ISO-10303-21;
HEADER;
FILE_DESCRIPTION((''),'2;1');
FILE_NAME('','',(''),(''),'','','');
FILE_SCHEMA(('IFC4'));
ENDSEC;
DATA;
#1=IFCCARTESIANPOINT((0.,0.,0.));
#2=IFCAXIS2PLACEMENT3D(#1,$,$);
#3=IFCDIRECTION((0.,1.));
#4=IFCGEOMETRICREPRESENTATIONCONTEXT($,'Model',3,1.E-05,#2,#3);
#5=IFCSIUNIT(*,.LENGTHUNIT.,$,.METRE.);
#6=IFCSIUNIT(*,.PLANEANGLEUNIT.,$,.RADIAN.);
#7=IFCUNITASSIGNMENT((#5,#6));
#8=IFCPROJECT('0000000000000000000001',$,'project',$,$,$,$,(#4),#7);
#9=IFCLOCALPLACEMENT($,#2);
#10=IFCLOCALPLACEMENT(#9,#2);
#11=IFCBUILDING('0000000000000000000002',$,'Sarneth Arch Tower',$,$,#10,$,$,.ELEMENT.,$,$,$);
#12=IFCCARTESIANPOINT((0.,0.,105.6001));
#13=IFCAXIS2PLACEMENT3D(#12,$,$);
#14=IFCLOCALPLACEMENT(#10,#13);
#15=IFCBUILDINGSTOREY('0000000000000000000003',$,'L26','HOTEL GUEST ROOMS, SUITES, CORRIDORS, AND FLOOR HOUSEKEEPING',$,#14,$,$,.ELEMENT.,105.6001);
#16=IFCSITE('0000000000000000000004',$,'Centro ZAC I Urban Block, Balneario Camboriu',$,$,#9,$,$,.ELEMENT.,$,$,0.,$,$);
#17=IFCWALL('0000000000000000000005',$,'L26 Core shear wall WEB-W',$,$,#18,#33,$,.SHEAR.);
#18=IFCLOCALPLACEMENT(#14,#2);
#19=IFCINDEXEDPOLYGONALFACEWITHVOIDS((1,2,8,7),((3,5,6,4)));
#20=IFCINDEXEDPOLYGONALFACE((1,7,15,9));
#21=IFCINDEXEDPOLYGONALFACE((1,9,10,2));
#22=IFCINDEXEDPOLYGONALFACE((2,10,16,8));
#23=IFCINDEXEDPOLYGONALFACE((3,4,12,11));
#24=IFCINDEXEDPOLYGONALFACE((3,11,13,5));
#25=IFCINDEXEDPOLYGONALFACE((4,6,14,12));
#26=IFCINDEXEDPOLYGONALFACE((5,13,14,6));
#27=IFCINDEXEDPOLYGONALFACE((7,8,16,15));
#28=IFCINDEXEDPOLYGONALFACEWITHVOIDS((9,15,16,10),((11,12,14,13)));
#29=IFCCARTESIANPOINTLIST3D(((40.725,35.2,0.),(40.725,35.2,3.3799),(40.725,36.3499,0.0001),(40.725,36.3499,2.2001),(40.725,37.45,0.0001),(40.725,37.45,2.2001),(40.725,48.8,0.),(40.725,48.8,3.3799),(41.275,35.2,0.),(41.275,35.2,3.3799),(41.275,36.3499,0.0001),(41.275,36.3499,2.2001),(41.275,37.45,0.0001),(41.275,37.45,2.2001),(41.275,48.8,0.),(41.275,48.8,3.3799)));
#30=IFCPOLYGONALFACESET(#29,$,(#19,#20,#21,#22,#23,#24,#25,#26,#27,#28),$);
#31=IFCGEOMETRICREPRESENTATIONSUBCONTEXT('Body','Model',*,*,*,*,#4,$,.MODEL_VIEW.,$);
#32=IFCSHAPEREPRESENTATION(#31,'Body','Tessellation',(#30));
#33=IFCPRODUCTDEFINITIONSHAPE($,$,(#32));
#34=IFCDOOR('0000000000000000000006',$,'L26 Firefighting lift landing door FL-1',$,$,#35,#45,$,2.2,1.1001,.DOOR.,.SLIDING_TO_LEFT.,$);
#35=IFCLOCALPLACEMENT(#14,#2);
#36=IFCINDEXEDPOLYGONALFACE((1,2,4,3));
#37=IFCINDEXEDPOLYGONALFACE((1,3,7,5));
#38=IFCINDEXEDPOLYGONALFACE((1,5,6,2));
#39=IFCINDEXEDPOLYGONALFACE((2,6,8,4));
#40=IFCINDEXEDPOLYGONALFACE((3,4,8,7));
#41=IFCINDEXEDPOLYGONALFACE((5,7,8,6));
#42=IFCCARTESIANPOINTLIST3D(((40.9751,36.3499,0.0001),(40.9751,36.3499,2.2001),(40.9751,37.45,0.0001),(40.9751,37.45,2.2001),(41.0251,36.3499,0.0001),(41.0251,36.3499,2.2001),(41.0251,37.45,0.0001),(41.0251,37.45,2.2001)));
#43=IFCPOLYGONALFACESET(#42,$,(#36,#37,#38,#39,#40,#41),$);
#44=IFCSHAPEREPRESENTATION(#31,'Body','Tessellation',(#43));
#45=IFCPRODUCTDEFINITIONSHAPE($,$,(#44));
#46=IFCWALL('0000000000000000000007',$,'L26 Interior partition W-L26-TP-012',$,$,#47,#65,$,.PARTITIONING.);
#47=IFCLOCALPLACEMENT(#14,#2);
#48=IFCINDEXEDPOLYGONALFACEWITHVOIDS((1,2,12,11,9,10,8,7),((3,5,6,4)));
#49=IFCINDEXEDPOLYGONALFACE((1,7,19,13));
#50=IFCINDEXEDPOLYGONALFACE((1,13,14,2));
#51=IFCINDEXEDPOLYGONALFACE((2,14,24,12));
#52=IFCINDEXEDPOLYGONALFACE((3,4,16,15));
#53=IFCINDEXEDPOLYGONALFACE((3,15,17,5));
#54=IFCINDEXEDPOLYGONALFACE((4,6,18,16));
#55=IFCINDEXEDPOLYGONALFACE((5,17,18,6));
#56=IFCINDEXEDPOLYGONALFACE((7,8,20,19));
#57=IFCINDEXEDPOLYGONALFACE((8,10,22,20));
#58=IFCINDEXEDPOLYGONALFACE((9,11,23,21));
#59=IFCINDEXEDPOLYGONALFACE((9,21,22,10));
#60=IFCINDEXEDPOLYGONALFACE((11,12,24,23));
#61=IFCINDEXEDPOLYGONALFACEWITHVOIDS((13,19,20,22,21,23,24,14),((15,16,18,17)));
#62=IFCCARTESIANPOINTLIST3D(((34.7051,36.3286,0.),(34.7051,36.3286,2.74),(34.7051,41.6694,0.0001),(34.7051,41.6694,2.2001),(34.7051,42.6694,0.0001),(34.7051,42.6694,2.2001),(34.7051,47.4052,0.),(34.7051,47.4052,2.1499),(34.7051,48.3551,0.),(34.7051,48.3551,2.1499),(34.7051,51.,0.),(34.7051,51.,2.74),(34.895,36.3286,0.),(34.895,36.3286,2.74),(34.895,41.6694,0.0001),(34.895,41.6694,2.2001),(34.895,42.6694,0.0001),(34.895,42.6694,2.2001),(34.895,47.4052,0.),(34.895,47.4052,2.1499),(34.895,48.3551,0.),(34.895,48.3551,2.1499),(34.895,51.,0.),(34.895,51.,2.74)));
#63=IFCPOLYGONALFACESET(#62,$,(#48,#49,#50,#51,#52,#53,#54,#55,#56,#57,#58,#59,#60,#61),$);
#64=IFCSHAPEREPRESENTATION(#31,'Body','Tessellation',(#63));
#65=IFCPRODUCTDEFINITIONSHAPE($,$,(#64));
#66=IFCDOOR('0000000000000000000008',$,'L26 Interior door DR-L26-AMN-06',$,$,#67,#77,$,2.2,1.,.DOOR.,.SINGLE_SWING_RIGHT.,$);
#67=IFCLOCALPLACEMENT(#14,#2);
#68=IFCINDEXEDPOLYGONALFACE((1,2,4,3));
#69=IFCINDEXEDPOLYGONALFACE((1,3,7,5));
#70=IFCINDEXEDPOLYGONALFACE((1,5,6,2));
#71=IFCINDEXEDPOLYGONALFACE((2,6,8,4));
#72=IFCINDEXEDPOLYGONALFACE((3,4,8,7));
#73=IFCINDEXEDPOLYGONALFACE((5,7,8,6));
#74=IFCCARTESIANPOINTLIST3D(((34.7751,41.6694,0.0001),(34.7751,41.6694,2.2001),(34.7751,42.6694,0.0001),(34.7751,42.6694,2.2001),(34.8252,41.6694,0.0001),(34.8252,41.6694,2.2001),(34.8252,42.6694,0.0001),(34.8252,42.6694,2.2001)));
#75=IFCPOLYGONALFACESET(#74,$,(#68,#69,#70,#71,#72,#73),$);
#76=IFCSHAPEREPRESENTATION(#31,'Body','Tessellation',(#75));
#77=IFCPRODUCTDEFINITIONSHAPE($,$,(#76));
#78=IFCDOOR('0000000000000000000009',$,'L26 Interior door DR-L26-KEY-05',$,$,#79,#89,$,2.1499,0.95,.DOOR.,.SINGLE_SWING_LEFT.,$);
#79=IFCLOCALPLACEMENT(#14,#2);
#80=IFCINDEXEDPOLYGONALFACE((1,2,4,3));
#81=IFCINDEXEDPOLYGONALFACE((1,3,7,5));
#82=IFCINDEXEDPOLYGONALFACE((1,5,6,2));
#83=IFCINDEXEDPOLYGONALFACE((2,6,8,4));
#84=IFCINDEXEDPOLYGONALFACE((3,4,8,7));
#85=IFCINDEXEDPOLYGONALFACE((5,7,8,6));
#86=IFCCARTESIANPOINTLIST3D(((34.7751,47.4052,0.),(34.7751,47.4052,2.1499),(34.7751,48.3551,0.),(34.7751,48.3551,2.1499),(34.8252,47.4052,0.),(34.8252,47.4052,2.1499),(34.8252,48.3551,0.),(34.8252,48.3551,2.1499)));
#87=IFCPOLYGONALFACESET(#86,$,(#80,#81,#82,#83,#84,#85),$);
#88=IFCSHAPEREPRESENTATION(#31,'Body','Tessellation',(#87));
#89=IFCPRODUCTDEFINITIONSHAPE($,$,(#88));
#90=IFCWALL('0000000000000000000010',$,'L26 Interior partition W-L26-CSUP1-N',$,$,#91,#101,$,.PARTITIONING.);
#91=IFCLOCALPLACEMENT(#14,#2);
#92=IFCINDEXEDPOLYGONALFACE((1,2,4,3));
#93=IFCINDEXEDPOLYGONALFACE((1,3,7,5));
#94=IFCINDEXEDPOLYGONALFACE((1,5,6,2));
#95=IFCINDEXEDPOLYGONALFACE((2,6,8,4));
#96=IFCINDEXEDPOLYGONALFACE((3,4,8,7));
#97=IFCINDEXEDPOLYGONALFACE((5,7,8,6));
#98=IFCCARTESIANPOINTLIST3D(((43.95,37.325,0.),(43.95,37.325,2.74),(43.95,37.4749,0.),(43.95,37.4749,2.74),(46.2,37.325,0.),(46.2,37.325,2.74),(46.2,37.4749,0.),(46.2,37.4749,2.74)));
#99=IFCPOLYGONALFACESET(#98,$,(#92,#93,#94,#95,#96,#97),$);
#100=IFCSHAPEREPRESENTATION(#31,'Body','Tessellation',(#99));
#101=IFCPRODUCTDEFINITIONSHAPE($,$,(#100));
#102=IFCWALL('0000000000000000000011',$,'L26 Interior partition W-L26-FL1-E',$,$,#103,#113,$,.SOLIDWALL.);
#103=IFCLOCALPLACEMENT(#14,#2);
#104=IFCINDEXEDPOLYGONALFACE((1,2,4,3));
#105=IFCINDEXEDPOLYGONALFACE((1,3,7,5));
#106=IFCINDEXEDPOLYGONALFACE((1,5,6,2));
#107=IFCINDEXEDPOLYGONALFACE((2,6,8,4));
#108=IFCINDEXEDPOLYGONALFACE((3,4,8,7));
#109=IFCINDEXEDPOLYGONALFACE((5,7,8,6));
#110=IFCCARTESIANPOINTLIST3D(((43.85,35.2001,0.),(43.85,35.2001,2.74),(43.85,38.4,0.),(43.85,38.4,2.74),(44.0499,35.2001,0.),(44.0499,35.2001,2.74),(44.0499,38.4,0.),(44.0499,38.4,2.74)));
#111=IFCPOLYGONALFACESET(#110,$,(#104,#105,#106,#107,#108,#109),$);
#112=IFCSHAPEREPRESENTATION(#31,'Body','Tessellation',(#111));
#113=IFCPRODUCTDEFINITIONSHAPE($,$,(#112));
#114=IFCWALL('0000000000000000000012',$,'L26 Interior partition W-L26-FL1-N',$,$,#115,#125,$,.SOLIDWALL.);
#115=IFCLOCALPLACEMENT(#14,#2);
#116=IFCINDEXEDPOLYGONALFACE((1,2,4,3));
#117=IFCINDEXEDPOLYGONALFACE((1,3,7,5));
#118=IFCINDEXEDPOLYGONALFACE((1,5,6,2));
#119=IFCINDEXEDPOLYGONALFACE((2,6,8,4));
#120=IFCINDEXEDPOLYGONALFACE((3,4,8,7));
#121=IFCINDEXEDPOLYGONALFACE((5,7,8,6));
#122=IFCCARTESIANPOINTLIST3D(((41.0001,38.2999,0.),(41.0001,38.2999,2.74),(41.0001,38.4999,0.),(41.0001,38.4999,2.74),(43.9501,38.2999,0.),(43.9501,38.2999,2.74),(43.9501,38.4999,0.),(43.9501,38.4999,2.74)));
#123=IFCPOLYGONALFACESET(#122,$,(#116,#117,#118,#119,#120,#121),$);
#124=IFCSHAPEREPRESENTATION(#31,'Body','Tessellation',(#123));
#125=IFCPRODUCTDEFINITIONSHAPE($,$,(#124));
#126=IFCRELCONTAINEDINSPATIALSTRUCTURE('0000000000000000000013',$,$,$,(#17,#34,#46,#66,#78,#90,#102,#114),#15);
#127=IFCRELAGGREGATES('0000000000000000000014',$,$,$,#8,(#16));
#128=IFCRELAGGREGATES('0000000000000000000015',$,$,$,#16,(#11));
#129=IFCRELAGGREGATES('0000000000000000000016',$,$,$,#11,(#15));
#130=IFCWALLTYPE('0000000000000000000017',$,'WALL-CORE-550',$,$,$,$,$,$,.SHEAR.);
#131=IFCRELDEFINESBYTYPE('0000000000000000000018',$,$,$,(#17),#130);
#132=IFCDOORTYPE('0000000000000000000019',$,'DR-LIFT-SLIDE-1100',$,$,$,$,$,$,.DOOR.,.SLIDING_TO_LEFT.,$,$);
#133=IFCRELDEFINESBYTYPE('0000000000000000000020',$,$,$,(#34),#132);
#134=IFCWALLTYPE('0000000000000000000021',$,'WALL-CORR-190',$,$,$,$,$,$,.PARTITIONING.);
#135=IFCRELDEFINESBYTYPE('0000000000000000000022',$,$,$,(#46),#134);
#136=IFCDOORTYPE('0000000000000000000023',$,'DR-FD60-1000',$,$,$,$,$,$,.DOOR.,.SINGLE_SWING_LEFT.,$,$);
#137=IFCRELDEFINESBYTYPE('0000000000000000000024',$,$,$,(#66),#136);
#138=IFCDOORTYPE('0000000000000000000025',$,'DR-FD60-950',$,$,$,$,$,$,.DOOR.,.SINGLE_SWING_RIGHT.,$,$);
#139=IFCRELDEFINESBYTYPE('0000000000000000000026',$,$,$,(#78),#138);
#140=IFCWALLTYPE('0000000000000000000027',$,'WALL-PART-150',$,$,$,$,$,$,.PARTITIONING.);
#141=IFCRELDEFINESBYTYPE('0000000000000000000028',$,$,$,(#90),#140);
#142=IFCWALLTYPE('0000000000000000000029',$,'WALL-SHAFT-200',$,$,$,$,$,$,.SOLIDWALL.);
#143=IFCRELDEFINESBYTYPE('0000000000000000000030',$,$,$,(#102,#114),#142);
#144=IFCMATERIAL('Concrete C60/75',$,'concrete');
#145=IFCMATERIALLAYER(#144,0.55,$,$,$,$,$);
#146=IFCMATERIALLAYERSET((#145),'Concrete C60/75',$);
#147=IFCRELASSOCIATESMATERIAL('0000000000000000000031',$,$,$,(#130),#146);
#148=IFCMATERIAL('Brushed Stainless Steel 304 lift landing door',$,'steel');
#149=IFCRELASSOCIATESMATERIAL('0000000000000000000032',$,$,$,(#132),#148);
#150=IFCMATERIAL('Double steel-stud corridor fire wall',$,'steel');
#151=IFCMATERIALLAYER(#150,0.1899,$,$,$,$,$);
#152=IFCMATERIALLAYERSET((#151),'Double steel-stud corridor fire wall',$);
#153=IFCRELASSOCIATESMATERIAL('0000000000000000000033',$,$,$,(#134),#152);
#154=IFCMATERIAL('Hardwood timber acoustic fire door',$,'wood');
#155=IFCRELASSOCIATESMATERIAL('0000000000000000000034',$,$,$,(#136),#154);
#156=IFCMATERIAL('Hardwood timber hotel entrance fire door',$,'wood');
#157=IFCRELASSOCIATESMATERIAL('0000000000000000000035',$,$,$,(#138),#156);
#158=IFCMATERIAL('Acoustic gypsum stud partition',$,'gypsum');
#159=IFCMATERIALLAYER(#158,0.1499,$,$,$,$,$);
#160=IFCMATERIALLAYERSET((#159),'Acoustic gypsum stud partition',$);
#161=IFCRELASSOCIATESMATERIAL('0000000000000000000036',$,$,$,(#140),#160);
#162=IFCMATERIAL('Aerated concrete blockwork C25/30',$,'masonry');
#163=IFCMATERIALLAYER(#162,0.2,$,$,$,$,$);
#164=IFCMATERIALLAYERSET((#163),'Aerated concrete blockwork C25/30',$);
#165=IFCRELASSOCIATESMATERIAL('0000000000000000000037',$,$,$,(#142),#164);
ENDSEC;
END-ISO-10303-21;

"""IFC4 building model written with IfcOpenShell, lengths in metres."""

from ifc_helpers import new_model, si_unit, direction, frame, frame_2d, origin, place, context, subcontext, project, spatial, rectangle, extrude, material, layer, layer_set, type_object, element, fill, save


model = new_model("IFC4")

# Units and contexts
model_context = context("Model", 3, precision=1e-05, world=origin(), true_north=direction((0.0, 1.0)))
body_context = subcontext(model_context, "Body", "Model", "MODEL_VIEW")
ifc_project = project(units=[si_unit("LENGTHUNIT", "METRE"), si_unit("PLANEANGLEUNIT", "RADIAN")], contexts=[model_context])

# Site, building, storey
site_placement = place(None, origin())
site = spatial("IfcSite", under=ifc_project, at=site_placement, Name="Centro ZAC I Urban Block, Balneario Camboriu", CompositionType="ELEMENT", RefElevation=0.0)
building_placement = place(site_placement, origin())
building = spatial("IfcBuilding", under=site, at=building_placement, Name="Sarneth Arch Tower", CompositionType="ELEMENT")
storey_placement = place(building_placement, frame((0.0, 0.0, 105.6001)))
storey = spatial("IfcBuildingStorey", under=building, at=storey_placement, Name="L26", Description="HOTEL GUEST ROOMS, SUITES, CORRIDORS, AND FLOOR HOUSEKEEPING", CompositionType="ELEMENT", Elevation=105.6001)

# Shared definitions
ifc_material_1 = material(Name="Concrete C60/75", Category="concrete")
ifc_layer_1 = layer(ifc_material_1, 0.55)
ifc_layer_set_1 = layer_set([ifc_layer_1], Name="Concrete C60/75")
wall_type_1 = type_object("IfcWallType", Name="WALL-CORE-550", PredefinedType="SHEAR", material=ifc_layer_set_1)

# Wall, opening, door
wall_1_placement = place(storey_placement, frame((41.0, 35.2, 0.0), z_axis=(0.0, 0.0, 1.0), x_axis=(0.0, 1.0, 0.0)))
wall_1 = element("IfcWall", 1, at=wall_1_placement, inside=storey, type_object=wall_type_1, Name="L26 Core shear wall WEB-W", PredefinedType="SHEAR", context=body_context, shape_type="SweptSolid", body=[
    extrude(rectangle(XDim=13.6001, YDim=0.55, at=frame_2d((6.8, 0.0))), origin(), (0.0, 0.0, 1.0), 3.3799),
])
opening_1_placement = place(wall_1_placement, frame((1.1499, 0.0, 0.0)))
opening_1 = element("IfcOpeningElement", 2, at=opening_1_placement, cuts=wall_1, PredefinedType="OPENING", context=body_context, shape_type="SweptSolid", body=[
    extrude(rectangle(XDim=1.1001, YDim=2.2, at=frame_2d((0.55, 1.1001))), frame((0.0, 0.2849, 0.0), z_axis=(0.0, -1.0, 0.0), x_axis=(1.0, 0.0, 0.0)), (0.0, 0.0, 1.0), 0.5701),
])
ifc_material_2 = material(Name="Brushed Stainless Steel 304 lift landing door", Category="steel")
door_type_1 = type_object("IfcDoorType", Name="DR-LIFT-SLIDE-1100", OperationType="SLIDING_TO_LEFT", PredefinedType="DOOR", material=ifc_material_2)
door_1_placement = place(opening_1_placement, origin())
door_1 = element("IfcDoor", 3, at=door_1_placement, inside=storey, type_object=door_type_1, Name="L26 Firefighting lift landing door FL-1", OperationType="SLIDING_TO_LEFT", OverallHeight=2.2, OverallWidth=1.1001, PredefinedType="DOOR", context=body_context, shape_type="SweptSolid", body=[
    extrude(rectangle(XDim=1.1001, YDim=2.2, at=frame_2d((0.55, 1.1001))), frame((0.0, 0.0249, 0.0), z_axis=(0.0, -1.0, 0.0), x_axis=(1.0, 0.0, 0.0)), (0.0, 0.0, 1.0), 0.05),
])
fill(opening_1, door_1)

# Wall, openings, doors
ifc_material_3 = material(Name="Double steel-stud corridor fire wall", Category="steel")
ifc_layer_2 = layer(ifc_material_3, 0.1899)
ifc_layer_set_2 = layer_set([ifc_layer_2], Name="Double steel-stud corridor fire wall")
wall_type_2 = type_object("IfcWallType", Name="WALL-CORR-190", PredefinedType="PARTITIONING", material=ifc_layer_set_2)
wall_2_placement = place(storey_placement, frame((34.8, 36.3286, 0.0), z_axis=(0.0, 0.0, 1.0), x_axis=(0.0, 1.0, 0.0)))
wall_2 = element("IfcWall", 4, at=wall_2_placement, inside=storey, type_object=wall_type_2, Name="L26 Interior partition W-L26-TP-012", PredefinedType="PARTITIONING", context=body_context, shape_type="SweptSolid", body=[
    extrude(rectangle(XDim=14.6714, YDim=0.1899, at=frame_2d((7.3357, 0.0))), origin(), (0.0, 0.0, 1.0), 2.74),
])
opening_2_placement = place(wall_2_placement, frame((5.3408, 0.0, 0.0)))
opening_2 = element("IfcOpeningElement", 5, at=opening_2_placement, cuts=wall_2, PredefinedType="OPENING", context=body_context, shape_type="SweptSolid", body=[
    extrude(rectangle(XDim=1.0, YDim=2.2, at=frame_2d((0.5, 1.1001))), frame((0.0, 0.105, 0.0), z_axis=(0.0, -1.0, 0.0), x_axis=(1.0, 0.0, 0.0)), (0.0, 0.0, 1.0), 0.21),
])
opening_3_placement = place(wall_2_placement, frame((11.0764, 0.0, 0.0)))
opening_3 = element("IfcOpeningElement", 6, at=opening_3_placement, cuts=wall_2, PredefinedType="OPENING", context=body_context, shape_type="SweptSolid", body=[
    extrude(rectangle(XDim=0.95, YDim=2.1499, at=frame_2d((0.4751, 1.075))), frame((0.0, 0.105, 0.0), z_axis=(0.0, -1.0, 0.0), x_axis=(1.0, 0.0, 0.0)), (0.0, 0.0, 1.0), 0.21),
])
ifc_material_4 = material(Name="Hardwood timber acoustic fire door", Category="wood")
door_type_2 = type_object("IfcDoorType", Name="DR-FD60-1000", OperationType="SINGLE_SWING_LEFT", PredefinedType="DOOR", material=ifc_material_4)
door_2_placement = place(opening_2_placement, origin())
door_2 = element("IfcDoor", 7, at=door_2_placement, inside=storey, type_object=door_type_2, Name="L26 Interior door DR-L26-AMN-06", OperationType="SINGLE_SWING_RIGHT", OverallHeight=2.2, OverallWidth=1.0, PredefinedType="DOOR", context=body_context, shape_type="SweptSolid", body=[
    extrude(rectangle(XDim=1.0, YDim=2.2, at=frame_2d((0.5, 1.1001))), frame((0.0, 0.0249, 0.0), z_axis=(0.0, -1.0, 0.0), x_axis=(1.0, 0.0, 0.0)), (0.0, 0.0, 1.0), 0.05),
])
fill(opening_2, door_2)
ifc_material_5 = material(Name="Hardwood timber hotel entrance fire door", Category="wood")
door_type_3 = type_object("IfcDoorType", Name="DR-FD60-950", OperationType="SINGLE_SWING_RIGHT", PredefinedType="DOOR", material=ifc_material_5)
door_3_placement = place(opening_3_placement, origin())
door_3 = element("IfcDoor", 8, at=door_3_placement, inside=storey, type_object=door_type_3, Name="L26 Interior door DR-L26-KEY-05", OperationType="SINGLE_SWING_LEFT", OverallHeight=2.1499, OverallWidth=0.95, PredefinedType="DOOR", context=body_context, shape_type="SweptSolid", body=[
    extrude(rectangle(XDim=0.95, YDim=2.1499, at=frame_2d((0.4751, 1.075))), frame((0.0, 0.0249, 0.0), z_axis=(0.0, -1.0, 0.0), x_axis=(1.0, 0.0, 0.0)), (0.0, 0.0, 1.0), 0.05),
])
fill(opening_3, door_3)

# Wall
ifc_material_6 = material(Name="Acoustic gypsum stud partition", Category="gypsum")
ifc_layer_3 = layer(ifc_material_6, 0.1499)
ifc_layer_set_3 = layer_set([ifc_layer_3], Name="Acoustic gypsum stud partition")
wall_type_3 = type_object("IfcWallType", Name="WALL-PART-150", PredefinedType="PARTITIONING", material=ifc_layer_set_3)
wall_3_placement = place(storey_placement, frame((43.95, 37.3999, 0.0), z_axis=(0.0, 0.0, 1.0), x_axis=(1.0, 0.0, 0.0)))
element("IfcWall", 9, at=wall_3_placement, inside=storey, type_object=wall_type_3, Name="L26 Interior partition W-L26-CSUP1-N", PredefinedType="PARTITIONING", context=body_context, shape_type="SweptSolid", body=[
    extrude(rectangle(XDim=2.25, YDim=0.1499, at=frame_2d((1.125, 0.0))), origin(), (0.0, 0.0, 1.0), 2.74),
])

# Shared definitions
ifc_material_7 = material(Name="Aerated concrete blockwork C25/30", Category="masonry")
ifc_layer_4 = layer(ifc_material_7, 0.2)
ifc_layer_set_4 = layer_set([ifc_layer_4], Name="Aerated concrete blockwork C25/30")
wall_type_4 = type_object("IfcWallType", Name="WALL-SHAFT-200", PredefinedType="SOLIDWALL", material=ifc_layer_set_4)

# Walls
wall_4_placement = place(storey_placement, frame((43.95, 35.2, 0.0), z_axis=(0.0, 0.0, 1.0), x_axis=(0.0, 1.0, 0.0)))
element("IfcWall", 10, at=wall_4_placement, inside=storey, type_object=wall_type_4, Name="L26 Interior partition W-L26-FL1-E", PredefinedType="SOLIDWALL", context=body_context, shape_type="SweptSolid", body=[
    extrude(rectangle(XDim=3.2, YDim=0.2, at=frame_2d((1.6001, 0.0))), origin(), (0.0, 0.0, 1.0), 2.74),
])
wall_5_placement = place(storey_placement, frame((41.0, 38.3999, 0.0), z_axis=(0.0, 0.0, 1.0), x_axis=(1.0, 0.0, 0.0)))
element("IfcWall", 11, at=wall_5_placement, inside=storey, type_object=wall_type_4, Name="L26 Interior partition W-L26-FL1-N", PredefinedType="SOLIDWALL", context=body_context, shape_type="SweptSolid", body=[
    extrude(rectangle(XDim=2.95, YDim=0.2, at=frame_2d((1.4751, 0.0))), origin(), (0.0, 0.0, 1.0), 2.74),
])

save(model, "model.ifc")
